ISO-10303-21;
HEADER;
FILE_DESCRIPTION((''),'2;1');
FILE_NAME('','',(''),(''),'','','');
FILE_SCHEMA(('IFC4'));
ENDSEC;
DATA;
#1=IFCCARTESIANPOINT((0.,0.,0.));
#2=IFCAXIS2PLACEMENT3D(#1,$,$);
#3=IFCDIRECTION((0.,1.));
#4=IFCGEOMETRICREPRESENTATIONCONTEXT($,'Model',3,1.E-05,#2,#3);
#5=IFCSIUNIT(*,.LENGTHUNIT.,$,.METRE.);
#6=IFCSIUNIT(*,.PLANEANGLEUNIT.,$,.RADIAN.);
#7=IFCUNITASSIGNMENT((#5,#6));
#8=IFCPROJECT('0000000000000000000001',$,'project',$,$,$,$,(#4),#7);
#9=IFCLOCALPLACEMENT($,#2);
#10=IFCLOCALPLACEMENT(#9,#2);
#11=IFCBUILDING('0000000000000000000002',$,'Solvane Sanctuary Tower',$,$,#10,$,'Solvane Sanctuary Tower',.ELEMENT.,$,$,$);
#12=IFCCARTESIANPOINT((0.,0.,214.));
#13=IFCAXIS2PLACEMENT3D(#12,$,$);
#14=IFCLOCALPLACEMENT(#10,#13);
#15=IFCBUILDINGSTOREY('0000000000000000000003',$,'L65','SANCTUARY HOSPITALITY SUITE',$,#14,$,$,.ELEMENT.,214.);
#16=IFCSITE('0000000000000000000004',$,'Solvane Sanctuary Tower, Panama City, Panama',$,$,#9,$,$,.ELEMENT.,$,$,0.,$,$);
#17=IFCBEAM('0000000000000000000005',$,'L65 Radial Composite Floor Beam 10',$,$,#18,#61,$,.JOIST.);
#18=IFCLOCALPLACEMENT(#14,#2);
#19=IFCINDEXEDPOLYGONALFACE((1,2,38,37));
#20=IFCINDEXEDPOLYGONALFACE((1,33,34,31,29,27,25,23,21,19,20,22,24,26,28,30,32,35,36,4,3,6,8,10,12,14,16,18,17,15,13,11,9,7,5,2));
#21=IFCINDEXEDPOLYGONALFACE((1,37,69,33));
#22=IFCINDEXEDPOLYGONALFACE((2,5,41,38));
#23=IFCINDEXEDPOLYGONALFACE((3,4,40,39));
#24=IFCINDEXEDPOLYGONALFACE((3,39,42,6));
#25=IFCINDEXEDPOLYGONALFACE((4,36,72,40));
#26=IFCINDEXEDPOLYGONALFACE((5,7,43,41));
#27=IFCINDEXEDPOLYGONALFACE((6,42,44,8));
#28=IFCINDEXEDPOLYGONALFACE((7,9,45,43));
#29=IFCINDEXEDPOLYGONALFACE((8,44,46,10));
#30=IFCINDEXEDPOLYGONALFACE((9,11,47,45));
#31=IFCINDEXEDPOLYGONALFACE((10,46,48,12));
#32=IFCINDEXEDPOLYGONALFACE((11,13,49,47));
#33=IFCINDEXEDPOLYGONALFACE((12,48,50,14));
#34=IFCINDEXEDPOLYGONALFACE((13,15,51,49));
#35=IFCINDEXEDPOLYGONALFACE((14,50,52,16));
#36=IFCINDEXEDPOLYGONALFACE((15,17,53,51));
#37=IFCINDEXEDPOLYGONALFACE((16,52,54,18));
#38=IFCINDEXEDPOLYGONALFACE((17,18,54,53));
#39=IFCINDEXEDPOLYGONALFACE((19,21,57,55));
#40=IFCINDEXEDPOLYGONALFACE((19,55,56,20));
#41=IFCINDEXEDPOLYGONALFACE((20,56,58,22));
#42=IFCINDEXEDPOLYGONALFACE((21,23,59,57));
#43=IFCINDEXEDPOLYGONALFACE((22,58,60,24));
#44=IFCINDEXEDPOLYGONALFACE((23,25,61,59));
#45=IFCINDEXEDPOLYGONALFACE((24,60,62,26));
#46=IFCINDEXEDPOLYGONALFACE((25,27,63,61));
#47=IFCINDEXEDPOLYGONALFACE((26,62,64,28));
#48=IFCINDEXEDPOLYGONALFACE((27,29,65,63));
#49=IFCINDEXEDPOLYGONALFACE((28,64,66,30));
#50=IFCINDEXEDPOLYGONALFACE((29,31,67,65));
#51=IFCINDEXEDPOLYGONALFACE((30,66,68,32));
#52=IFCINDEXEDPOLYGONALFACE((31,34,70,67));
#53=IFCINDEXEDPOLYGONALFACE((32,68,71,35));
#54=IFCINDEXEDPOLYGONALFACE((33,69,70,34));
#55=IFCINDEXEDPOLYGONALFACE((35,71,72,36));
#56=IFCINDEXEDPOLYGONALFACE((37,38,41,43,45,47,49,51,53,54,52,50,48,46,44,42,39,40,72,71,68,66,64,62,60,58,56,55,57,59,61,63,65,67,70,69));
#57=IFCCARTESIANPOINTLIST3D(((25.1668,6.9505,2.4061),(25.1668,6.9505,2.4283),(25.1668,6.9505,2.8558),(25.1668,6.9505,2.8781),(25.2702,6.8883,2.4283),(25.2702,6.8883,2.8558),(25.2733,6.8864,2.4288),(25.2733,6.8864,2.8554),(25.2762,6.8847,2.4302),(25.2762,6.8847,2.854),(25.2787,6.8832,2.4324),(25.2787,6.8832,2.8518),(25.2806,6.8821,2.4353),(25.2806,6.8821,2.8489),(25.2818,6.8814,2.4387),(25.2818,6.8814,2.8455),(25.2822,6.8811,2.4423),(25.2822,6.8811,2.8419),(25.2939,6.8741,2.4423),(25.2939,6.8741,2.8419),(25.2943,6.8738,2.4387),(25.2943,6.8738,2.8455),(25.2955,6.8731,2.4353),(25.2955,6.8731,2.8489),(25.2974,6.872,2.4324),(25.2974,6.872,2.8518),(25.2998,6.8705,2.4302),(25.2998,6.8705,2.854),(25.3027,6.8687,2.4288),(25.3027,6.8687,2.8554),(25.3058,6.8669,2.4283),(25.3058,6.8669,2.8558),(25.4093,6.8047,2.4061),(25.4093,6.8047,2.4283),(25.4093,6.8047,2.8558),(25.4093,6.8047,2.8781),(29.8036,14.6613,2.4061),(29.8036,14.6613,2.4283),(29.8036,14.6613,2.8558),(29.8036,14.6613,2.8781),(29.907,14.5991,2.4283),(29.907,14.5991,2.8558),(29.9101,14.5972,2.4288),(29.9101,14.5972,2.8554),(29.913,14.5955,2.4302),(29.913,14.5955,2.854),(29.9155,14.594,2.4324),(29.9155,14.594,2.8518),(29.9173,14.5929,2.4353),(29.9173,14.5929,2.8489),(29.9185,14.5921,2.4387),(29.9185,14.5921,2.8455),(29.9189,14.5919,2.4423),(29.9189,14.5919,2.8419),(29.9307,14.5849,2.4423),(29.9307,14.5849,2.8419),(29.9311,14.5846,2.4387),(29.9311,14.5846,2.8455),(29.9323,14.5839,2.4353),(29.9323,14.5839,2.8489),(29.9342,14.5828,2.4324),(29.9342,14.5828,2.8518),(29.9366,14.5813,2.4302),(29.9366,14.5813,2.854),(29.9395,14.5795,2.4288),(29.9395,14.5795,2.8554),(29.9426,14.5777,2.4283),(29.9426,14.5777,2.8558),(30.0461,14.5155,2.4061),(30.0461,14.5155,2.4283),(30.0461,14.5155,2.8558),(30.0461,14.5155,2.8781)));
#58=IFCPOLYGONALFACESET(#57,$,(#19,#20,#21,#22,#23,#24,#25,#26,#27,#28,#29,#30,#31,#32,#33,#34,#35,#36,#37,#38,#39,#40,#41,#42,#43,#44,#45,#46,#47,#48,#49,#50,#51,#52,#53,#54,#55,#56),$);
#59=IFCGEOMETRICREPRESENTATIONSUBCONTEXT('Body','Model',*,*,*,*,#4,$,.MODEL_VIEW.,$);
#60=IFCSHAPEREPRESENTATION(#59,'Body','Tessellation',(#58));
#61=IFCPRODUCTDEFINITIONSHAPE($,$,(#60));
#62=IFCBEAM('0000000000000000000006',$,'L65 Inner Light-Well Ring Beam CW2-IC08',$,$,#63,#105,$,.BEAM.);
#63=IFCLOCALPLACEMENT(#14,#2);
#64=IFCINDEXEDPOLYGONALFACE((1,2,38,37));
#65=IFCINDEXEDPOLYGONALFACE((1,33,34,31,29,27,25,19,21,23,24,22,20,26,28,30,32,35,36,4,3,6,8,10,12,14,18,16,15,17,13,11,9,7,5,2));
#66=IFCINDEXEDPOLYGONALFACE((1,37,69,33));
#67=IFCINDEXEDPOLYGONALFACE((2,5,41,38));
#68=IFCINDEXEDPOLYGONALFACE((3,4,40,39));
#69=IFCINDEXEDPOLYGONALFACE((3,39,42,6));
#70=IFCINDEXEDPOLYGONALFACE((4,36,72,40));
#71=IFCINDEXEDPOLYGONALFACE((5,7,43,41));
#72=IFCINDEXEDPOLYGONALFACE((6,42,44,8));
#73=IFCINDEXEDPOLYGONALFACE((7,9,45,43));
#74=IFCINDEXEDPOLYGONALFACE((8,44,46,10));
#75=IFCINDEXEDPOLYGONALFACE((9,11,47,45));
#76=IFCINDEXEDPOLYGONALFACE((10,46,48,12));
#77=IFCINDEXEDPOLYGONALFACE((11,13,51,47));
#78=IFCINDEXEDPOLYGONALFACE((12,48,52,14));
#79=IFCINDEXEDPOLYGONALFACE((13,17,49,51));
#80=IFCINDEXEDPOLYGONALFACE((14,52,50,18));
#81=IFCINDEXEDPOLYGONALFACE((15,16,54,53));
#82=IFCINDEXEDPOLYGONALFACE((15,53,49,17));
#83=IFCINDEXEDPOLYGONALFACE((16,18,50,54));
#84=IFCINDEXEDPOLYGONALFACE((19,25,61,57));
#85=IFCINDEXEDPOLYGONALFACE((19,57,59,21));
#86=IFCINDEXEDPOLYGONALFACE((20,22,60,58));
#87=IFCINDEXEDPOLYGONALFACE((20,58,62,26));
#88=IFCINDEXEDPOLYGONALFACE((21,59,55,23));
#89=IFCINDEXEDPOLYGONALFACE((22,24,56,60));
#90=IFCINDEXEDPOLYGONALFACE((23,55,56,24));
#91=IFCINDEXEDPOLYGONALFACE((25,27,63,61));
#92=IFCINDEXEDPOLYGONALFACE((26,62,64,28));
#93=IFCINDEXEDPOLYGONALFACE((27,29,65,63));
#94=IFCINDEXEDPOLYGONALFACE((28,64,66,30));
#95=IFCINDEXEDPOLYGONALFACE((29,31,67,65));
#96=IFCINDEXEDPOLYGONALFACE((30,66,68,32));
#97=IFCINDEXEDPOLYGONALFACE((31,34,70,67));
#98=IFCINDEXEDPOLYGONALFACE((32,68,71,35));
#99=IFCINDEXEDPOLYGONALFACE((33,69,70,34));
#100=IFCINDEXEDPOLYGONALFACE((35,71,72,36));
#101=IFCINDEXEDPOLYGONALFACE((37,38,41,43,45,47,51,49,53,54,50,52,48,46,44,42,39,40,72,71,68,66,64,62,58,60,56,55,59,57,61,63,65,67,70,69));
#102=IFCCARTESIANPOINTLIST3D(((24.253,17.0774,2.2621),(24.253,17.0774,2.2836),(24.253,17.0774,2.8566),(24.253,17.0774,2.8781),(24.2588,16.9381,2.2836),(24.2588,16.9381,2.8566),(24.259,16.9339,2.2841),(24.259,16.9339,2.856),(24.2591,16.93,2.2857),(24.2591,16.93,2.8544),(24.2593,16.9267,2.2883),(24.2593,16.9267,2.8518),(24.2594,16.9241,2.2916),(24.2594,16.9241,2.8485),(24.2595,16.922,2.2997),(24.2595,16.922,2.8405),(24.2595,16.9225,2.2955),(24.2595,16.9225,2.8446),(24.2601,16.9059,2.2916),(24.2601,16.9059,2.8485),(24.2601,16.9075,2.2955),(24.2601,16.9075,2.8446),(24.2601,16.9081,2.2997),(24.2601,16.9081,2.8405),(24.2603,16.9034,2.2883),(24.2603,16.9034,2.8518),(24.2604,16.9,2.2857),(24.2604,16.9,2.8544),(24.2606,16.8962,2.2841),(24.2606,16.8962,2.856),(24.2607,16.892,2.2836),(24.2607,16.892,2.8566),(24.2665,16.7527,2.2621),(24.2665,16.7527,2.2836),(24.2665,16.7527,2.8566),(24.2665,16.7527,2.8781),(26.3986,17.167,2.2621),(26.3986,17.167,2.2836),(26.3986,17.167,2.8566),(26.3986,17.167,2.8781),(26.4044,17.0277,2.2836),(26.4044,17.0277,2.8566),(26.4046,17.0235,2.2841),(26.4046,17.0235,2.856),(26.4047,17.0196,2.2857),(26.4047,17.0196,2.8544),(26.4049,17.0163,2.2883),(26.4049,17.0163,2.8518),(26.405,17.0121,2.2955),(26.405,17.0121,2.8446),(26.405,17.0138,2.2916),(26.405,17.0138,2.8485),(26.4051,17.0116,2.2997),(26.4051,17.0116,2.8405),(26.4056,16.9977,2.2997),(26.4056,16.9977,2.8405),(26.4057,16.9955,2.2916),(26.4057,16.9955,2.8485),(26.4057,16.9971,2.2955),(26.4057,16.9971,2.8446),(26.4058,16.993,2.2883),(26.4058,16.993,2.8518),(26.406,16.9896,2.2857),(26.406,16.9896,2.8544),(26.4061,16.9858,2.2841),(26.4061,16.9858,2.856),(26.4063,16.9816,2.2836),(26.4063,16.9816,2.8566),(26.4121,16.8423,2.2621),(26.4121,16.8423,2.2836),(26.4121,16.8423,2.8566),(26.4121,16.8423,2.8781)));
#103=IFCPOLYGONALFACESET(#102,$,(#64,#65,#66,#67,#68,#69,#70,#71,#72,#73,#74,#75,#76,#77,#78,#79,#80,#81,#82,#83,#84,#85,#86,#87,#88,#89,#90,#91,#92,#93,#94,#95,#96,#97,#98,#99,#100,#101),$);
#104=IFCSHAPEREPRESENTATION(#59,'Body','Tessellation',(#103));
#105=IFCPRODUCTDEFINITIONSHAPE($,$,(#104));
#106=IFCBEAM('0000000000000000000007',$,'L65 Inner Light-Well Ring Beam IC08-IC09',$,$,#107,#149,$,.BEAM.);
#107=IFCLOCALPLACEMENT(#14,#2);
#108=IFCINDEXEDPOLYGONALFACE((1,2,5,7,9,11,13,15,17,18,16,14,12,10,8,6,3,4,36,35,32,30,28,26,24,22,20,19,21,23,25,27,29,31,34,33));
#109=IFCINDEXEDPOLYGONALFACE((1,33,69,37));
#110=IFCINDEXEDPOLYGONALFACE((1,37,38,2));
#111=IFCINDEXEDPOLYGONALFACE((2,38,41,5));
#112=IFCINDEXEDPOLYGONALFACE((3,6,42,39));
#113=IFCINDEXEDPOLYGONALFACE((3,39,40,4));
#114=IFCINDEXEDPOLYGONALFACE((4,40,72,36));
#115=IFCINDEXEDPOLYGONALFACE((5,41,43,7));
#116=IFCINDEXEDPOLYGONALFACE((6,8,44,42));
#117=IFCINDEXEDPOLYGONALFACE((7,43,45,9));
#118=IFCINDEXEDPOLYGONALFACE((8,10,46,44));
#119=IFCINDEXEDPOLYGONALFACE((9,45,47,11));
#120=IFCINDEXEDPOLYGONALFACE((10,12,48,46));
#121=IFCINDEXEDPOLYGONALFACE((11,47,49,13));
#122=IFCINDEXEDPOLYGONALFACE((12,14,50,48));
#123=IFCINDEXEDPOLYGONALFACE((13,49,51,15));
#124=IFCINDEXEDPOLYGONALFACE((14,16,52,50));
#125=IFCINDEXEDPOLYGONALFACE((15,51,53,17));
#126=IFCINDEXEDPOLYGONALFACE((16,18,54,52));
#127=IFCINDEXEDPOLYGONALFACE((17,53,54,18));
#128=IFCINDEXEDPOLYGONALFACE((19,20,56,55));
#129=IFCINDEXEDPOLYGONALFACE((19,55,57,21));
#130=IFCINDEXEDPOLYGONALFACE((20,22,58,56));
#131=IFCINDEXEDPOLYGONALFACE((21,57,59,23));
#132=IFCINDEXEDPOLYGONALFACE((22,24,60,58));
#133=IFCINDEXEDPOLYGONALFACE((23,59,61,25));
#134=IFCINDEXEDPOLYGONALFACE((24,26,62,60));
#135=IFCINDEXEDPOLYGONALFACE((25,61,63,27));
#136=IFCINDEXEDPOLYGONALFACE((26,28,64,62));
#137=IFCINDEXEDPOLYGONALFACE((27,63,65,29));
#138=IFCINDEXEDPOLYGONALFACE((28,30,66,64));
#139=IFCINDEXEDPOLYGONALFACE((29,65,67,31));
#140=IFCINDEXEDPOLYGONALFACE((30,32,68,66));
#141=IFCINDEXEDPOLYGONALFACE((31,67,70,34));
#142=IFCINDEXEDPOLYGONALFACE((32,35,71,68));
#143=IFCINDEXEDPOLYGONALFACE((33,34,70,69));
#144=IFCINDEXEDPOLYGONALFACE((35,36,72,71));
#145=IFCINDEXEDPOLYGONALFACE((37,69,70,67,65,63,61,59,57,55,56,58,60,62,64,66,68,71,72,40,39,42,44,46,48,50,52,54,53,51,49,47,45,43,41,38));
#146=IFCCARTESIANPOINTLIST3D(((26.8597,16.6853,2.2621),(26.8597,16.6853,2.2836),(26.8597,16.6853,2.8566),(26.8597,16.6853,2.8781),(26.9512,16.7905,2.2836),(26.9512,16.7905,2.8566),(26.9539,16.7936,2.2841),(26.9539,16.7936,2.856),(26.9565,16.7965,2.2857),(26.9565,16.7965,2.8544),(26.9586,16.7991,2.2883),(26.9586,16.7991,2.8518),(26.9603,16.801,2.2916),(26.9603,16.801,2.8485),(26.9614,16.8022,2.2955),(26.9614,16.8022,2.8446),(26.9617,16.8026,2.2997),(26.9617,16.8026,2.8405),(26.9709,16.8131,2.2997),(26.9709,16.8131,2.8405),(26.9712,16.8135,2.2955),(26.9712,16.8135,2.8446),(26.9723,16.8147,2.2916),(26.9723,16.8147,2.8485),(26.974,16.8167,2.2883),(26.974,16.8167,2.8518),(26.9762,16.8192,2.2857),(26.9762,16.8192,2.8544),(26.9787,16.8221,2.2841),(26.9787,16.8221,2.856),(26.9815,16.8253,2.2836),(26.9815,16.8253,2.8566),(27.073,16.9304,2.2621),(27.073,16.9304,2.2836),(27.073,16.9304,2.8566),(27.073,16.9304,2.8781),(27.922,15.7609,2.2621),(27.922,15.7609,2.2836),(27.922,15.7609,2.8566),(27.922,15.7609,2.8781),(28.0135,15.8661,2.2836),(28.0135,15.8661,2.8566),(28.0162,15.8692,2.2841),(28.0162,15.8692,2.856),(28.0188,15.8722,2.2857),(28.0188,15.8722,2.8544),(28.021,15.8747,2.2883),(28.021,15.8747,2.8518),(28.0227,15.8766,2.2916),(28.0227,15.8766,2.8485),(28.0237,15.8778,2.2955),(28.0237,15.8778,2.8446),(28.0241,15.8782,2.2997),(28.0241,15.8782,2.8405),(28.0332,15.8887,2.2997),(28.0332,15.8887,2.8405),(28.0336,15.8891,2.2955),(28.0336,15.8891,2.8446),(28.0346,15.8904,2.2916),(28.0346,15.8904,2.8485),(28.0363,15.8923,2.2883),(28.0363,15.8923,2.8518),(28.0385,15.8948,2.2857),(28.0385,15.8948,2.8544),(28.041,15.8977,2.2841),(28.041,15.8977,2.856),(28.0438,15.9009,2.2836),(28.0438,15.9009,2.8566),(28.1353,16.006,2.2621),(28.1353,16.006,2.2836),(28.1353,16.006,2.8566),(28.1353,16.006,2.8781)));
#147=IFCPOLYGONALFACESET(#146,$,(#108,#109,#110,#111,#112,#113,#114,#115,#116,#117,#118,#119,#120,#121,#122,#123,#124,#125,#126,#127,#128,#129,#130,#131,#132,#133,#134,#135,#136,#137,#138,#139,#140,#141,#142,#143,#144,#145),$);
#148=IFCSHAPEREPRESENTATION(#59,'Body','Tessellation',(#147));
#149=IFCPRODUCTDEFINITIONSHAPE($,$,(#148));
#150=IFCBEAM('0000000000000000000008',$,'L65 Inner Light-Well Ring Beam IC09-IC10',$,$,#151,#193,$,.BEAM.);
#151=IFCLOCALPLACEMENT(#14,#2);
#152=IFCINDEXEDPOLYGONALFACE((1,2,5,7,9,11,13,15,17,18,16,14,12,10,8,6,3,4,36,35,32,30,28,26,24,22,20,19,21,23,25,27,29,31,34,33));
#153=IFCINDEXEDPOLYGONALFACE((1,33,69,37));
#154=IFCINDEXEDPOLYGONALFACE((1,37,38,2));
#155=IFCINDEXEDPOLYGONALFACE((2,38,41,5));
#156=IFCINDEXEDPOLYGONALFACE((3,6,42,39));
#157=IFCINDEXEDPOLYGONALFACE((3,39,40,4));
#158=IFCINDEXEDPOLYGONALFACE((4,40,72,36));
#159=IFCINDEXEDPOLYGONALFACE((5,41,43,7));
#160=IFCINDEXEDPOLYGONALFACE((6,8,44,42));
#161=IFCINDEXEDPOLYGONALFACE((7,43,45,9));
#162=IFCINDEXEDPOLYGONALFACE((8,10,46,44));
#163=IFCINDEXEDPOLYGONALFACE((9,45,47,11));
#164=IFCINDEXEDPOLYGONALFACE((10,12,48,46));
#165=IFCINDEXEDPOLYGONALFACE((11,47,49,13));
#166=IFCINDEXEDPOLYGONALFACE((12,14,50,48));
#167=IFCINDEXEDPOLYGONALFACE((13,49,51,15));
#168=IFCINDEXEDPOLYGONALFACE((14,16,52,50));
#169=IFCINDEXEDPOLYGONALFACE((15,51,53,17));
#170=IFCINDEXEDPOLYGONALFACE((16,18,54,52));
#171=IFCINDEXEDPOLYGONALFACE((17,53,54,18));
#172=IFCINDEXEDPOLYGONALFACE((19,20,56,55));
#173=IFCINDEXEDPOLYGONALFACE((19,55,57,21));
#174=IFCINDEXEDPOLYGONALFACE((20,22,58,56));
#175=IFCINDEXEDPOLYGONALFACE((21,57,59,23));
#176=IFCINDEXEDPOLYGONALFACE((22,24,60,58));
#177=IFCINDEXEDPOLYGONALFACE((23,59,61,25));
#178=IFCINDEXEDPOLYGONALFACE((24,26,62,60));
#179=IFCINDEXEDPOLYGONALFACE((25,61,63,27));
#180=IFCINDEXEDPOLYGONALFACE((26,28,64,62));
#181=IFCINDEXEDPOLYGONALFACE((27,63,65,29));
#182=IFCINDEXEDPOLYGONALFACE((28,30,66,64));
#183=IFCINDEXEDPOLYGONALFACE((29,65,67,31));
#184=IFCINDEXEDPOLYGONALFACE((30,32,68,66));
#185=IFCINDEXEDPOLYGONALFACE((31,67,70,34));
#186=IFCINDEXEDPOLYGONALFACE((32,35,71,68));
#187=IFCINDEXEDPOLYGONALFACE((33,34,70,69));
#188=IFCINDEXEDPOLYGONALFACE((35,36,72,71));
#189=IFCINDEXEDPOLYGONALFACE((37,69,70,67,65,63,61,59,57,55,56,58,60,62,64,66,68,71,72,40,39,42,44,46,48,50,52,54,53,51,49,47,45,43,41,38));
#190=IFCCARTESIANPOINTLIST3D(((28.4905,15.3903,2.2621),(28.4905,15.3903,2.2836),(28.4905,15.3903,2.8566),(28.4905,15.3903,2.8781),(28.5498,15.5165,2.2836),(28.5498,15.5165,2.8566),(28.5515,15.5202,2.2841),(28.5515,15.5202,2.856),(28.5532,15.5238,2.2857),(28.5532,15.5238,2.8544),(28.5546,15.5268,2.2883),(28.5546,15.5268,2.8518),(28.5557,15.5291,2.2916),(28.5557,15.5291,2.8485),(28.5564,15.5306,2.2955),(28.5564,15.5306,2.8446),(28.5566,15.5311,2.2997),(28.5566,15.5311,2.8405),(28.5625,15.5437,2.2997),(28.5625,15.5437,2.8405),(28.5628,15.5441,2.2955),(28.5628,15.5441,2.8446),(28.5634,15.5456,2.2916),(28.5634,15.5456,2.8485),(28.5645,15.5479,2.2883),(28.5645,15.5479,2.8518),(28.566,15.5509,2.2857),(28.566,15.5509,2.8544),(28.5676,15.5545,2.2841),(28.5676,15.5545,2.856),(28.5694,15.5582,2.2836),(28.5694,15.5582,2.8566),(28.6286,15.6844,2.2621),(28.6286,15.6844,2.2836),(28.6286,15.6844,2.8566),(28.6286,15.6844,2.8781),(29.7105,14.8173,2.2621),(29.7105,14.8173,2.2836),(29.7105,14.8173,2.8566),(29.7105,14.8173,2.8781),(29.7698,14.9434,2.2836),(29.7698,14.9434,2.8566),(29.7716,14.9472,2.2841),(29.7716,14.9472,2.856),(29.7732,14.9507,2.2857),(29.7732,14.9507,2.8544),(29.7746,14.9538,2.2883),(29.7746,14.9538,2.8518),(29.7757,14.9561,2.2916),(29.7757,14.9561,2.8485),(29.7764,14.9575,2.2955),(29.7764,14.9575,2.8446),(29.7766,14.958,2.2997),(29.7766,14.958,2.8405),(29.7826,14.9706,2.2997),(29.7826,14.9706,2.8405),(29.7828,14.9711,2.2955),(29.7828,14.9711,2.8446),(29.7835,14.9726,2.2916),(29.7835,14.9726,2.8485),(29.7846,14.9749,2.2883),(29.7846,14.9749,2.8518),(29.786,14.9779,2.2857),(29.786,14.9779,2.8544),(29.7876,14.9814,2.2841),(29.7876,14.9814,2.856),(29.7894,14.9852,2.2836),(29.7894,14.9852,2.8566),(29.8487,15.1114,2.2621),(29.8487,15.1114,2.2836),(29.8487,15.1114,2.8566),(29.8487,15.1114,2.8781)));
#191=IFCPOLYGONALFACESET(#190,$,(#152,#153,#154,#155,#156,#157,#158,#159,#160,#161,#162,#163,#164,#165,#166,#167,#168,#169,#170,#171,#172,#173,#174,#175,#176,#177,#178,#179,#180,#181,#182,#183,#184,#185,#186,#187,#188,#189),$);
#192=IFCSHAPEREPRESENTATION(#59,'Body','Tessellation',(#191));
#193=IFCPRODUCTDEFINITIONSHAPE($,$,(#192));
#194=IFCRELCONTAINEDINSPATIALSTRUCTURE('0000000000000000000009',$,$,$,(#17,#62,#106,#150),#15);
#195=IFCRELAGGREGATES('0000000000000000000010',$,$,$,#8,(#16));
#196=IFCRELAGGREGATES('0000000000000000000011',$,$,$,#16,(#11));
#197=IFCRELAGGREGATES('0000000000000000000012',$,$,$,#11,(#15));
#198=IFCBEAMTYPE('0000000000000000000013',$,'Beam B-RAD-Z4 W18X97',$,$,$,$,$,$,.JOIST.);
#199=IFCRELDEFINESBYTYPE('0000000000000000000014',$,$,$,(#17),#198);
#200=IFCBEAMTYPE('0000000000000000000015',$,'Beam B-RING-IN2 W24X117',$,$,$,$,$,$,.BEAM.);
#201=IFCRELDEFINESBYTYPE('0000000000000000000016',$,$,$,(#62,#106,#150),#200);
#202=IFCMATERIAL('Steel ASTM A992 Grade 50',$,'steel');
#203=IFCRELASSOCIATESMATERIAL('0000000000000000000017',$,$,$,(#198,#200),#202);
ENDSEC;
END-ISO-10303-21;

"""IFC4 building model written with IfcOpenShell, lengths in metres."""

from ifc_helpers import new_model, si_unit, direction, frame, origin, origin_2d, place, context, subcontext, project, spatial, i_section, extrude, material, material_profile, profile_set, type_object, element, save


model = new_model("IFC4")

# Units and contexts
model_context = context("Model", 3, precision=1e-05, world=origin(), true_north=direction((0.0, 1.0)))
body_context = subcontext(model_context, "Body", "Model", "MODEL_VIEW")
ifc_project = project(units=[si_unit("LENGTHUNIT", "METRE"), si_unit("PLANEANGLEUNIT", "RADIAN")], contexts=[model_context])

# Site, building, storey
site_placement = place(None, origin())
site = spatial("IfcSite", under=ifc_project, at=site_placement, Name="Solvane Sanctuary Tower, Panama City, Panama", CompositionType="ELEMENT", RefElevation=0.0)
building_placement = place(site_placement, origin())
building = spatial("IfcBuilding", under=site, at=building_placement, Name="Solvane Sanctuary Tower", LongName="Solvane Sanctuary Tower", CompositionType="ELEMENT")
storey_placement = place(building_placement, frame((0.0, 0.0, 214.0)))
storey = spatial("IfcBuildingStorey", under=building, at=storey_placement, Name="L65", Description="SANCTUARY HOSPITALITY SUITE", CompositionType="ELEMENT", Elevation=214.0)

# Beams
ifc_material_1 = material(Name="Steel ASTM A992 Grade 50", Category="steel")
ifc_material_profile_1 = material_profile(ifc_material_1, i_section(OverallWidth=0.283, OverallDepth=0.4719, WebThickness=0.0137, FlangeThickness=0.0222, FilletRadius=0.0139, at=origin_2d()), Name="W18X97")
ifc_profile_set_1 = profile_set([ifc_material_profile_1], Name="Steel ASTM A992 Grade 50")
beam_type_1 = type_object("IfcBeamType", Name="Beam B-RAD-Z4 W18X97", PredefinedType="JOIST", material=ifc_profile_set_1)
beam_1_placement = place(storey_placement, frame((29.9248, 14.5884, 2.6421), z_axis=(-0.515337, -0.856987, 0.0), x_axis=(0.856987, -0.515337, 0.0)))
element("IfcBeam", 1, at=beam_1_placement, inside=storey, type_object=beam_type_1, Name="L65 Radial Composite Floor Beam 10", PredefinedType="JOIST", context=body_context, shape_type="SweptSolid", body=[
    extrude(i_section(OverallWidth=0.283, OverallDepth=0.4719, WebThickness=0.0137, FlangeThickness=0.0222, FilletRadius=0.0139, at=origin_2d()), origin(), (0.0, 0.0, 1.0), 8.9976),
])
ifc_material_profile_2 = material_profile(ifc_material_1, i_section(OverallWidth=0.325, OverallDepth=0.616, WebThickness=0.0139, FlangeThickness=0.0215, FilletRadius=0.0161, at=origin_2d()), Name="W24X117")
ifc_profile_set_2 = profile_set([ifc_material_profile_2], Name="Steel ASTM A992 Grade 50")
beam_type_2 = type_object("IfcBeamType", Name="Beam B-RING-IN2 W24X117", PredefinedType="BEAM", material=ifc_profile_set_2)
beam_2_placement = place(storey_placement, frame((24.2598, 16.915, 2.5701), z_axis=(0.999129, 0.041725, 0.0), x_axis=(-0.041725, 0.999129, 0.0)))
element("IfcBeam", 2, at=beam_2_placement, inside=storey, type_object=beam_type_2, Name="L65 Inner Light-Well Ring Beam CW2-IC08", PredefinedType="BEAM", context=body_context, shape_type="SweptSolid", body=[
    extrude(i_section(OverallWidth=0.325, OverallDepth=0.616, WebThickness=0.0139, FlangeThickness=0.0215, FilletRadius=0.0161, at=origin_2d()), origin(), (0.0, 0.0, 1.0), 2.1475),
])
beam_3_placement = place(storey_placement, frame((26.9663, 16.8079, 2.5701), z_axis=(0.754389, -0.656428, 0.0), x_axis=(0.656428, 0.754389, 0.0)))
element("IfcBeam", 3, at=beam_3_placement, inside=storey, type_object=beam_type_2, Name="L65 Inner Light-Well Ring Beam IC08-IC09", PredefinedType="BEAM", context=body_context, shape_type="SweptSolid", body=[
    extrude(i_section(OverallWidth=0.325, OverallDepth=0.616, WebThickness=0.0139, FlangeThickness=0.0215, FilletRadius=0.0161, at=origin_2d()), origin(), (0.0, 0.0, 1.0), 1.4082),
])
beam_4_placement = place(storey_placement, frame((28.5596, 15.5374, 2.5701), z_axis=(0.905135, -0.425125, 0.0), x_axis=(0.425125, 0.905135, 0.0)))
element("IfcBeam", 4, at=beam_4_placement, inside=storey, type_object=beam_type_2, Name="L65 Inner Light-Well Ring Beam IC09-IC10", PredefinedType="BEAM", context=body_context, shape_type="SweptSolid", body=[
    extrude(i_section(OverallWidth=0.325, OverallDepth=0.616, WebThickness=0.0139, FlangeThickness=0.0215, FilletRadius=0.0161, at=origin_2d()), origin(), (0.0, 0.0, 1.0), 1.3479),
])

save(model, "model.ifc")
